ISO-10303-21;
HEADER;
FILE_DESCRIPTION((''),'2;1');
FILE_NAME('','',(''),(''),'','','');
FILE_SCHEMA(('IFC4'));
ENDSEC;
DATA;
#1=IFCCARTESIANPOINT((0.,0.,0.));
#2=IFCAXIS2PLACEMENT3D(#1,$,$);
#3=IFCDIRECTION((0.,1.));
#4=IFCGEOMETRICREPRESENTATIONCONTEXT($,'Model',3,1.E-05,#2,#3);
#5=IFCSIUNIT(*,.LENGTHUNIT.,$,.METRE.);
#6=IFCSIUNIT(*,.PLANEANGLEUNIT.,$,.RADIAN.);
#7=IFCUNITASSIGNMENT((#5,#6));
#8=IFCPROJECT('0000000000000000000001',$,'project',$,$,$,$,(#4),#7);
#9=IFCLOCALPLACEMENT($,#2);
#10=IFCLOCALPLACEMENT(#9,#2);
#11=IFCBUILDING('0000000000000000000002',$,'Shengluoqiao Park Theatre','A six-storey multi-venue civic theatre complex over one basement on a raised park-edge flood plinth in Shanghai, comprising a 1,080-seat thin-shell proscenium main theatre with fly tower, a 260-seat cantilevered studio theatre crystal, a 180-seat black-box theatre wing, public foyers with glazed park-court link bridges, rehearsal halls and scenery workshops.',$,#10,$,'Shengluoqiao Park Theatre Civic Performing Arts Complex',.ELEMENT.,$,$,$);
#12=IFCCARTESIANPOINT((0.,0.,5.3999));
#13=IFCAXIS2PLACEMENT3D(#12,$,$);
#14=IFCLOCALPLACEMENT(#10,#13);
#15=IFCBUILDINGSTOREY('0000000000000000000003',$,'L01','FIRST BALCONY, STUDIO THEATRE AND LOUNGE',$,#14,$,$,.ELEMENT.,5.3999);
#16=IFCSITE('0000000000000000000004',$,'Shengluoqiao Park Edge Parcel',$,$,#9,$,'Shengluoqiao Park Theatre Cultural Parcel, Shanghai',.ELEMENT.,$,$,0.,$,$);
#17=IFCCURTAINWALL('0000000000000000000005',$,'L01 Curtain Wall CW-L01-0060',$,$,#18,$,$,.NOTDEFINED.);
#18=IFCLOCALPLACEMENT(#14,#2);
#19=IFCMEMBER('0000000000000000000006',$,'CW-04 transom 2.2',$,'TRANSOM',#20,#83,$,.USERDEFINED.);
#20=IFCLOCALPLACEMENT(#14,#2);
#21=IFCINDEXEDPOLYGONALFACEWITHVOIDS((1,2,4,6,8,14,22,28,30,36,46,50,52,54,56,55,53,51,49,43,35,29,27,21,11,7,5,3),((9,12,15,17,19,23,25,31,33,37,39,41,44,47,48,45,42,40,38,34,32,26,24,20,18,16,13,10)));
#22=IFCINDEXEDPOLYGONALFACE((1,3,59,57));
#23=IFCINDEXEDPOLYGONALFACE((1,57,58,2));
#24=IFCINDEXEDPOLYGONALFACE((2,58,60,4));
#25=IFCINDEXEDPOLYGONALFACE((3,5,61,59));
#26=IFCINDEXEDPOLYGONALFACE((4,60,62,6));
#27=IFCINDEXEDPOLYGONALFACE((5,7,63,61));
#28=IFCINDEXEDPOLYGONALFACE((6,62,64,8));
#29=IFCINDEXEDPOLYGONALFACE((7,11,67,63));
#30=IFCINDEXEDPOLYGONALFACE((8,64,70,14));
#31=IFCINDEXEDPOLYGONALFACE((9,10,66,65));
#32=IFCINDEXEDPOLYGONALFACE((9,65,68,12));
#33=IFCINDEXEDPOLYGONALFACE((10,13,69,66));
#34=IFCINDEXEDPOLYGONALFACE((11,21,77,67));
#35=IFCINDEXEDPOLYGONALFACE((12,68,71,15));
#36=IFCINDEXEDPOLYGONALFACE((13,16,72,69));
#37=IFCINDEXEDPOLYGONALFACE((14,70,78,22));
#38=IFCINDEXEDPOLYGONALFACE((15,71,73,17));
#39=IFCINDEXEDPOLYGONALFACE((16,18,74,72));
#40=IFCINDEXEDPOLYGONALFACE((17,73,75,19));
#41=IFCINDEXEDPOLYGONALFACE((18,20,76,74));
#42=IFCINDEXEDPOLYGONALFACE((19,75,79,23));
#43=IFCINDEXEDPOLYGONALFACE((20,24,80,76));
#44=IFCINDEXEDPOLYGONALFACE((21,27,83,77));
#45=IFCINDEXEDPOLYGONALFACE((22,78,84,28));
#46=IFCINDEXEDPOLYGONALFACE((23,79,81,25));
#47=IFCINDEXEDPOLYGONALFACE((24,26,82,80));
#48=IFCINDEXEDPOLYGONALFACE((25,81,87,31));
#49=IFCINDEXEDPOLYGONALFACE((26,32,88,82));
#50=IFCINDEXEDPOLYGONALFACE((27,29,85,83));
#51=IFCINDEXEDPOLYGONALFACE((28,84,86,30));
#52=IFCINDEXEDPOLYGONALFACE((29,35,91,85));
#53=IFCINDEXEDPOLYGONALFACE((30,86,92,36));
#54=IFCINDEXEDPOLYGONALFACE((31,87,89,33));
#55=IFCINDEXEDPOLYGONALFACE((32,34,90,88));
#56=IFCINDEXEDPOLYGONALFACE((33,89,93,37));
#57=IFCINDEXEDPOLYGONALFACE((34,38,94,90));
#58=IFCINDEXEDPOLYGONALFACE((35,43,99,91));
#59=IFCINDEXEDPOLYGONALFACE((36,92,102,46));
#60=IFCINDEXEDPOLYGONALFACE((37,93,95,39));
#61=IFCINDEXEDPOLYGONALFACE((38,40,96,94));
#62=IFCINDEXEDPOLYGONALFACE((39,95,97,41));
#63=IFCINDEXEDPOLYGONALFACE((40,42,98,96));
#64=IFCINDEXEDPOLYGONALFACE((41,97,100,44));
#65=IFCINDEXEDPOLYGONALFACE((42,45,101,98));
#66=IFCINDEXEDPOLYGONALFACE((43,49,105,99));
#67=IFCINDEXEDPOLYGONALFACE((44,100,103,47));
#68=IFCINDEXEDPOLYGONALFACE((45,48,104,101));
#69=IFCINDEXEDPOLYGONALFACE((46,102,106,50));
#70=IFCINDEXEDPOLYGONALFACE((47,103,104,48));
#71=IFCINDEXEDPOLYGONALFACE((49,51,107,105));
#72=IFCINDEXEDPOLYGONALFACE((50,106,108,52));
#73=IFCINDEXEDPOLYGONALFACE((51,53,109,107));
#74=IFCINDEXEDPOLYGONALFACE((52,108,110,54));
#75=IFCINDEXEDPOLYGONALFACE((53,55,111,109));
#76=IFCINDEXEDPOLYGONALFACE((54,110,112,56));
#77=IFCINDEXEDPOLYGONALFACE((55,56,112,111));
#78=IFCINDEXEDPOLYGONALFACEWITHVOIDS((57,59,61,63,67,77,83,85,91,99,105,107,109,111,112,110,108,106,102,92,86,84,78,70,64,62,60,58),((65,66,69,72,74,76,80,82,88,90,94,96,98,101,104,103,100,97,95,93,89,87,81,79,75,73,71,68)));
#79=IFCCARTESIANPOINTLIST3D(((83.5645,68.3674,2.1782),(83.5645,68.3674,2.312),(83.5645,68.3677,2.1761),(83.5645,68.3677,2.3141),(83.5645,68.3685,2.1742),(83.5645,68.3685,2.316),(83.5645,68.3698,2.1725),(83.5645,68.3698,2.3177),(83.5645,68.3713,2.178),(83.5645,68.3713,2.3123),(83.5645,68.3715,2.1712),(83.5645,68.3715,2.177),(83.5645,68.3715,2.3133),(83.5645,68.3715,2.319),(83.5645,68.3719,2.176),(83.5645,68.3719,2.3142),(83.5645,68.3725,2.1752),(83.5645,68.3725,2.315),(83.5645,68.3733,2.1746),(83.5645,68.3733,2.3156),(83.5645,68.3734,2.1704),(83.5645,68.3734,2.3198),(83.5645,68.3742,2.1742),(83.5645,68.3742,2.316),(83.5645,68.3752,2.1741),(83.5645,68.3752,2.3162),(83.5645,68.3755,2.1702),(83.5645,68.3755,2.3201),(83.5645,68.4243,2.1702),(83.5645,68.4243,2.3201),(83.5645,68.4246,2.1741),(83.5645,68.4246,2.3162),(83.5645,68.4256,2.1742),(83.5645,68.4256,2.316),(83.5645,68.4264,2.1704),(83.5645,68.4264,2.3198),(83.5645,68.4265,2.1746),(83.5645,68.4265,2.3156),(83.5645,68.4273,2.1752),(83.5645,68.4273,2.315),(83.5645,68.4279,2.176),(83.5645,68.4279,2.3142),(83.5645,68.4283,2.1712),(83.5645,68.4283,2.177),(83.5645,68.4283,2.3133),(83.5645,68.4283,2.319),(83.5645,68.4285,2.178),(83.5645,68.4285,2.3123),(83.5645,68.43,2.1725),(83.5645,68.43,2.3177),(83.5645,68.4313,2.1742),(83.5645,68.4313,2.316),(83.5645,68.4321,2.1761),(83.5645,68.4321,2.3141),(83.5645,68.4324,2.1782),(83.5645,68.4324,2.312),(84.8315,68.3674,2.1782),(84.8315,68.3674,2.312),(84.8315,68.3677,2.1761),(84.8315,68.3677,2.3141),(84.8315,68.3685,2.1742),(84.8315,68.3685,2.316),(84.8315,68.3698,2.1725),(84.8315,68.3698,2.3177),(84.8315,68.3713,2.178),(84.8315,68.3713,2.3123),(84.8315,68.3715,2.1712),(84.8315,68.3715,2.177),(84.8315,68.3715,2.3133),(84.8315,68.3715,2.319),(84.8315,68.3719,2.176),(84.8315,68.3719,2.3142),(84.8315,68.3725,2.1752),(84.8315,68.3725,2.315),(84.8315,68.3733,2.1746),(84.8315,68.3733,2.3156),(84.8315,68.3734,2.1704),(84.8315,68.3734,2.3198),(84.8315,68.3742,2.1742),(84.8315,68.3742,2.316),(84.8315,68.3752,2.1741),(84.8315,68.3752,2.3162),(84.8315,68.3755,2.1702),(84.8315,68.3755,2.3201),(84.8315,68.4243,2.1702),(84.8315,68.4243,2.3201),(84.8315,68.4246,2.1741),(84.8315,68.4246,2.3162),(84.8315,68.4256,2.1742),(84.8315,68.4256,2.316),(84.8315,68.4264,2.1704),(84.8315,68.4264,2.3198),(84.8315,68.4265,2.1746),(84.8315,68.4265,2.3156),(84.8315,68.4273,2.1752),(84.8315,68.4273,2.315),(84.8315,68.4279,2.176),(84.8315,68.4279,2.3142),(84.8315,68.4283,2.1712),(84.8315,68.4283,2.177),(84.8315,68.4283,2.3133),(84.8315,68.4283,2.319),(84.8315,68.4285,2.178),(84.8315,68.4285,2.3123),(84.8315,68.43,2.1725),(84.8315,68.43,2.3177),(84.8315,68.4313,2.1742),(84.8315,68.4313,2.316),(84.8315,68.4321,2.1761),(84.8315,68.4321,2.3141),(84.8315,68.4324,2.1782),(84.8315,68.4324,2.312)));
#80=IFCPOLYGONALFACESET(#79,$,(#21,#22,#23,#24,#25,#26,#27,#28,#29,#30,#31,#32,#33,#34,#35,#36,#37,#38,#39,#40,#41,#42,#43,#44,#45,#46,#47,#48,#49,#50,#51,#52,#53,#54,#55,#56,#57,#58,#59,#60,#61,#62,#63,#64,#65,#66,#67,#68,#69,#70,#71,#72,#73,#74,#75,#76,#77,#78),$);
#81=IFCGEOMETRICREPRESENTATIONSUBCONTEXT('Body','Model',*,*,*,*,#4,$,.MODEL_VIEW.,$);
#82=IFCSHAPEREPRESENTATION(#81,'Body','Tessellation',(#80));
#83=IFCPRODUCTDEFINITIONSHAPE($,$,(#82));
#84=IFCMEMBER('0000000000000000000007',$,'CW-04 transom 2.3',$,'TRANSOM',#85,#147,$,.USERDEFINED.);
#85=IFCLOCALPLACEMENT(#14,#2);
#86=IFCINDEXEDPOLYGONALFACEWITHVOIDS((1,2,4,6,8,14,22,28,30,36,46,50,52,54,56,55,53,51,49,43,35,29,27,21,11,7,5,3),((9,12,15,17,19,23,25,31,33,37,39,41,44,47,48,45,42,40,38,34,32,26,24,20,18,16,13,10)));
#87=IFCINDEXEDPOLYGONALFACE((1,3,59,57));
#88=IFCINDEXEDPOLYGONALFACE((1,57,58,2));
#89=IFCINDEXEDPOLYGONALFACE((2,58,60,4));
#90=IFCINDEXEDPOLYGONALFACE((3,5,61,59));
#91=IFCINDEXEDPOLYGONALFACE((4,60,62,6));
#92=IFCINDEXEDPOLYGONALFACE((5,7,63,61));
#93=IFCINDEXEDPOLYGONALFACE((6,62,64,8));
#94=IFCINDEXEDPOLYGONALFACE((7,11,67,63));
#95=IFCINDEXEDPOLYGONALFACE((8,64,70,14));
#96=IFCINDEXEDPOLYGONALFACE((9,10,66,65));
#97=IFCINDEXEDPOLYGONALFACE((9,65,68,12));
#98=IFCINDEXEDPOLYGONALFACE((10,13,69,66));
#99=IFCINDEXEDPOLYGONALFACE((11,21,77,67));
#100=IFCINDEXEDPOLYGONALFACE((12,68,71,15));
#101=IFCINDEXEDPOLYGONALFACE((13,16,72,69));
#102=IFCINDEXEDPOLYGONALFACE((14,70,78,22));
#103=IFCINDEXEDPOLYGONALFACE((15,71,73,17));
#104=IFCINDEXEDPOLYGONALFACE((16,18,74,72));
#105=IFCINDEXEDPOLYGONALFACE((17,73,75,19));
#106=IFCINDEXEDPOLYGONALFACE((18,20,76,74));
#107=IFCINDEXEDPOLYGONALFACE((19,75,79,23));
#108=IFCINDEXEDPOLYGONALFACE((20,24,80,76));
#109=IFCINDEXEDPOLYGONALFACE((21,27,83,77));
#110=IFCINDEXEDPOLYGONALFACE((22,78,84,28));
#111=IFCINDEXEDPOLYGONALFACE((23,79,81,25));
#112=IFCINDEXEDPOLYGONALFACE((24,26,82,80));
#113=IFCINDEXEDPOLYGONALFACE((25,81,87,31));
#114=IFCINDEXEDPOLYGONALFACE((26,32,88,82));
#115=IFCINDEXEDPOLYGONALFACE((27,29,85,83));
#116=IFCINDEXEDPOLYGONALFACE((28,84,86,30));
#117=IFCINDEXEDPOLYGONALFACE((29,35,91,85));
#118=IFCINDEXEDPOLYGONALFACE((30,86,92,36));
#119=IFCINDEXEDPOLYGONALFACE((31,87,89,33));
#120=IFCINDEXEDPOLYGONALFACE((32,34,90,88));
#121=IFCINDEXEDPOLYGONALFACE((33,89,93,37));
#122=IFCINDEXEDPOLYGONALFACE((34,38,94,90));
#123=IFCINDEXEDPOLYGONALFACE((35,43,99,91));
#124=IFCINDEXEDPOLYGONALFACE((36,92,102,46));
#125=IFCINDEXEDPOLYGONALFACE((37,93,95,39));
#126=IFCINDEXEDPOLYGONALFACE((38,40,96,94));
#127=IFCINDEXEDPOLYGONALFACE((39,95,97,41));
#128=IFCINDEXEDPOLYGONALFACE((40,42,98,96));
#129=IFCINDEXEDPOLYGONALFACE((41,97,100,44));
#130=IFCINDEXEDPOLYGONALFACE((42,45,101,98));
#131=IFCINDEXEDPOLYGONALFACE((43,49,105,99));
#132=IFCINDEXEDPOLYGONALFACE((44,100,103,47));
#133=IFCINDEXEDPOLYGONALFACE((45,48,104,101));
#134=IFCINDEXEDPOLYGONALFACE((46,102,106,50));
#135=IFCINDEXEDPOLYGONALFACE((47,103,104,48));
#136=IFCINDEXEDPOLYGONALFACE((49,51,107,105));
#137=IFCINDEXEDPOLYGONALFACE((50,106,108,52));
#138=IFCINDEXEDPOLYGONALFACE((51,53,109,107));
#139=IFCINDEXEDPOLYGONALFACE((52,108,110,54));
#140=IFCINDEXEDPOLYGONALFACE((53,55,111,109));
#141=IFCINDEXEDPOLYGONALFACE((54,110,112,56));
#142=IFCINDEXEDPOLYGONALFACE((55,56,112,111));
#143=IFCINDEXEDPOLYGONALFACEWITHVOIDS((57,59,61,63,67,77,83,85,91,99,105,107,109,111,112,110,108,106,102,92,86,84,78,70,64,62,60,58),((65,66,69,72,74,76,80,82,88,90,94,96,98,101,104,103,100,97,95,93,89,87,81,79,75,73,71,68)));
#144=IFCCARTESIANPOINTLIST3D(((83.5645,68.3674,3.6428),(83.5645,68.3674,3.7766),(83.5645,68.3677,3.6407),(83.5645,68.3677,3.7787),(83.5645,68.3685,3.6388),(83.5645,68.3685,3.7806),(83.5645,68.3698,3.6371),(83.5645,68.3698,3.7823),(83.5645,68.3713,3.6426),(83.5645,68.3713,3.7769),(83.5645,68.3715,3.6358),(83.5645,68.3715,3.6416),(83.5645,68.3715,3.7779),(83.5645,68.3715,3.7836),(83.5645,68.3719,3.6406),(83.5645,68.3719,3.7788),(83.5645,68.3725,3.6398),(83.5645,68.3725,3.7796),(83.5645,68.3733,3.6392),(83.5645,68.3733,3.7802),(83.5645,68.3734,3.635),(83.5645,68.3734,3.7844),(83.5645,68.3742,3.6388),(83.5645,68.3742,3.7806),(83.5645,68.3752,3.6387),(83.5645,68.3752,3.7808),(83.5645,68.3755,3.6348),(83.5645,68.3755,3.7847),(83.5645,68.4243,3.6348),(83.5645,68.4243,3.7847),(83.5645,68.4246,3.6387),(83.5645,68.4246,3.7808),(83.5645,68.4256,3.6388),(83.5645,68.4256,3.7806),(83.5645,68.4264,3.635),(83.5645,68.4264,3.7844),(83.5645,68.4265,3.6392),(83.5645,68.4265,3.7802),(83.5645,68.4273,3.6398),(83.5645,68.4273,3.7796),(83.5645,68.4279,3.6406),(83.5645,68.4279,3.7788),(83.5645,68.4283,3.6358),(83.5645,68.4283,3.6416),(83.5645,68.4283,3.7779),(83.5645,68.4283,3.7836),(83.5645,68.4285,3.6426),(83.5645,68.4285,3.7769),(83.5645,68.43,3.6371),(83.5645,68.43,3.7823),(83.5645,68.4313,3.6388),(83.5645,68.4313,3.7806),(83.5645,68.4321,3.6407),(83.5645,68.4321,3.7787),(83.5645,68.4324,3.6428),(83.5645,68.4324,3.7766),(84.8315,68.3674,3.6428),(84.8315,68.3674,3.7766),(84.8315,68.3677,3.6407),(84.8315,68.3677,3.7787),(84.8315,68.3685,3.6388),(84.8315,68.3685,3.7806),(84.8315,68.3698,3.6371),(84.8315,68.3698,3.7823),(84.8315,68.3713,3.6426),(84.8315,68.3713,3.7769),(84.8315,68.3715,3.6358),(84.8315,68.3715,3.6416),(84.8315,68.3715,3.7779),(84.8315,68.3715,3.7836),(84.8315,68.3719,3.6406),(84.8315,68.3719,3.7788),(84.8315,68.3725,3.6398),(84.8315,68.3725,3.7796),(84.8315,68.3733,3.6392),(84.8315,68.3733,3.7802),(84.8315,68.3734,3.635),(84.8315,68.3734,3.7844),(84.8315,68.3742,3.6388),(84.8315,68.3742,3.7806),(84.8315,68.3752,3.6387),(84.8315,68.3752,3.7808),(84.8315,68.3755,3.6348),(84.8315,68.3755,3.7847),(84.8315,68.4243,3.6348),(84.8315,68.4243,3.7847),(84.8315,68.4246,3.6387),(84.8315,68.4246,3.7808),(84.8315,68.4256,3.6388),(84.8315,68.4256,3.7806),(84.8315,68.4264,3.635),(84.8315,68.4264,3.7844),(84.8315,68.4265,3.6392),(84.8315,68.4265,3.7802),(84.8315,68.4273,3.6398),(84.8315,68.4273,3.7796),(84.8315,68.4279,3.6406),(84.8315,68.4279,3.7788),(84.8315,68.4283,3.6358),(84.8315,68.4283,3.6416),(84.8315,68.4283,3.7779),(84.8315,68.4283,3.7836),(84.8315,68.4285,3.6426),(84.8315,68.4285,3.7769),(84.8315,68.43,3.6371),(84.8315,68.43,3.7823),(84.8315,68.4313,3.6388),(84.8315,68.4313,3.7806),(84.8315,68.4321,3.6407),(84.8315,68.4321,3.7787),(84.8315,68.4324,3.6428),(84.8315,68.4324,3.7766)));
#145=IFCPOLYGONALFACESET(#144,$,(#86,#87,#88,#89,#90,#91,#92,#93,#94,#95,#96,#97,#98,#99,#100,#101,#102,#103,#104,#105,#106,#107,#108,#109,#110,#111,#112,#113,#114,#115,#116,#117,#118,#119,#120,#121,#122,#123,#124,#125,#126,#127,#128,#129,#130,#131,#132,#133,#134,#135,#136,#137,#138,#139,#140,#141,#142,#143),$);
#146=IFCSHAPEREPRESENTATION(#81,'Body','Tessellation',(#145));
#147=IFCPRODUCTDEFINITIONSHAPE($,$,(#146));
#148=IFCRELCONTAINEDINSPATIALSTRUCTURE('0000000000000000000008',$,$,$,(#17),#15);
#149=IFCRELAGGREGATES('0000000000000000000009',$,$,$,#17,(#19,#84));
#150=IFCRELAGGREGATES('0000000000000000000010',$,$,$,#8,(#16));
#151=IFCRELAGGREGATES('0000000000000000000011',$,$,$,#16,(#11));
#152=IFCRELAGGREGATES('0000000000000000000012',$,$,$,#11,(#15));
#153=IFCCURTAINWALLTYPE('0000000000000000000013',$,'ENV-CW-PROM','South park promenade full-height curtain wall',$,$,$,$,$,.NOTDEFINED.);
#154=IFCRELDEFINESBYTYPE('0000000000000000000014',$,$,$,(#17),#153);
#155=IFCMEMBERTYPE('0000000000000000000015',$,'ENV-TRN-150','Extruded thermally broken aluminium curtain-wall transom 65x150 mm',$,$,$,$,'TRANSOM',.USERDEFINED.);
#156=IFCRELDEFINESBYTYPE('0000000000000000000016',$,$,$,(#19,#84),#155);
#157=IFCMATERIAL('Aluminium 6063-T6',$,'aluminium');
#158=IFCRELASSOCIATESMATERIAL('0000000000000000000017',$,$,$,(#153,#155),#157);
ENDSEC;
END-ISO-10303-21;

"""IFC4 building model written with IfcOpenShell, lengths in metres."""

from ifc_helpers import new_model, si_unit, direction, frame, origin, origin_2d, place, context, subcontext, project, spatial, hollow_rectangle, extrude, material, material_profile, profile_set, type_object, element, aggregate, save


model = new_model("IFC4")

# Units and contexts
model_context = context("Model", 3, precision=1e-05, world=origin(), true_north=direction((0.0, 1.0)))
body_context = subcontext(model_context, "Body", "Model", "MODEL_VIEW")
ifc_project = project(units=[si_unit("LENGTHUNIT", "METRE"), si_unit("PLANEANGLEUNIT", "RADIAN")], contexts=[model_context])

# Site, building, storey
site_placement = place(None, origin())
site = spatial("IfcSite", under=ifc_project, at=site_placement, Name="Shengluoqiao Park Edge Parcel", LongName="Shengluoqiao Park Theatre Cultural Parcel, Shanghai", CompositionType="ELEMENT", RefElevation=0.0)
building_placement = place(site_placement, origin())
building = spatial("IfcBuilding", under=site, at=building_placement, Name="Shengluoqiao Park Theatre", Description="A six-storey multi-venue civic theatre complex over one basement on a raised park-edge flood plinth in Shanghai, comprising a 1,080-seat thin-shell proscenium main theatre with fly tower, a 260-seat cantilevered studio theatre crystal, a 180-seat black-box theatre wing, public foyers with glazed park-court link bridges, rehearsal halls and scenery workshops.", LongName="Shengluoqiao Park Theatre Civic Performing Arts Complex", CompositionType="ELEMENT")
storey_placement = place(building_placement, frame((0.0, 0.0, 5.3999)))
storey = spatial("IfcBuildingStorey", under=building, at=storey_placement, Name="L01", Description="FIRST BALCONY, STUDIO THEATRE AND LOUNGE", CompositionType="ELEMENT", Elevation=5.3999)

# Curtain wall
ifc_material_1 = material(Name="Aluminium 6063-T6", Category="aluminium")
curtain_wall_type = type_object("IfcCurtainWallType", Name="ENV-CW-PROM", Description="South park promenade full-height curtain wall", PredefinedType="NOTDEFINED", material=ifc_material_1)
curtain_wall_1_placement = place(storey_placement, origin())
curtain_wall_1 = element("IfcCurtainWall", 1, at=curtain_wall_1_placement, inside=storey, type_object=curtain_wall_type, Name="L01 Curtain Wall CW-L01-0060", PredefinedType="NOTDEFINED")

# Members
ifc_material_profile_1 = material_profile(ifc_material_1, hollow_rectangle(XDim=0.0649, YDim=0.1499, WallThickness=0.0039, InnerFilletRadius=0.0039, OuterFilletRadius=0.0081, at=origin_2d()), Name="ALU TRANSOM 150x65x4")
ifc_profile_set_1 = profile_set([ifc_material_profile_1], Name="Aluminium 6063-T6")
member_type_1 = type_object("IfcMemberType", Name="ENV-TRN-150", Description="Extruded thermally broken aluminium curtain-wall transom 65x150 mm", ElementType="TRANSOM", PredefinedType="USERDEFINED", material=ifc_profile_set_1)
member_1_placement = place(storey_placement, frame((83.5645, 68.3999, 2.2451), z_axis=(1.0, 0.0, 0.0), x_axis=(0.0, 1.0, 0.0)))
member_1 = element("IfcMember", 2, at=member_1_placement, type_object=member_type_1, Name="CW-04 transom 2.2", ObjectType="TRANSOM", PredefinedType="USERDEFINED", context=body_context, shape_type="SweptSolid", body=[
    extrude(hollow_rectangle(XDim=0.0649, YDim=0.1499, WallThickness=0.0039, InnerFilletRadius=0.0039, OuterFilletRadius=0.0081, at=origin_2d()), origin(), (0.0, 0.0, 1.0), 1.2671),
])
member_2_placement = place(storey_placement, frame((83.5645, 68.3999, 3.7097), z_axis=(1.0, 0.0, 0.0), x_axis=(0.0, 1.0, 0.0)))
member_2 = element("IfcMember", 3, at=member_2_placement, type_object=member_type_1, Name="CW-04 transom 2.3", ObjectType="TRANSOM", PredefinedType="USERDEFINED", context=body_context, shape_type="SweptSolid", body=[
    extrude(hollow_rectangle(XDim=0.0649, YDim=0.1499, WallThickness=0.0039, InnerFilletRadius=0.0039, OuterFilletRadius=0.0081, at=origin_2d()), origin(), (0.0, 0.0, 1.0), 1.2671),
])

aggregate(curtain_wall_1, [member_1, member_2])

save(model, "model.ifc")
